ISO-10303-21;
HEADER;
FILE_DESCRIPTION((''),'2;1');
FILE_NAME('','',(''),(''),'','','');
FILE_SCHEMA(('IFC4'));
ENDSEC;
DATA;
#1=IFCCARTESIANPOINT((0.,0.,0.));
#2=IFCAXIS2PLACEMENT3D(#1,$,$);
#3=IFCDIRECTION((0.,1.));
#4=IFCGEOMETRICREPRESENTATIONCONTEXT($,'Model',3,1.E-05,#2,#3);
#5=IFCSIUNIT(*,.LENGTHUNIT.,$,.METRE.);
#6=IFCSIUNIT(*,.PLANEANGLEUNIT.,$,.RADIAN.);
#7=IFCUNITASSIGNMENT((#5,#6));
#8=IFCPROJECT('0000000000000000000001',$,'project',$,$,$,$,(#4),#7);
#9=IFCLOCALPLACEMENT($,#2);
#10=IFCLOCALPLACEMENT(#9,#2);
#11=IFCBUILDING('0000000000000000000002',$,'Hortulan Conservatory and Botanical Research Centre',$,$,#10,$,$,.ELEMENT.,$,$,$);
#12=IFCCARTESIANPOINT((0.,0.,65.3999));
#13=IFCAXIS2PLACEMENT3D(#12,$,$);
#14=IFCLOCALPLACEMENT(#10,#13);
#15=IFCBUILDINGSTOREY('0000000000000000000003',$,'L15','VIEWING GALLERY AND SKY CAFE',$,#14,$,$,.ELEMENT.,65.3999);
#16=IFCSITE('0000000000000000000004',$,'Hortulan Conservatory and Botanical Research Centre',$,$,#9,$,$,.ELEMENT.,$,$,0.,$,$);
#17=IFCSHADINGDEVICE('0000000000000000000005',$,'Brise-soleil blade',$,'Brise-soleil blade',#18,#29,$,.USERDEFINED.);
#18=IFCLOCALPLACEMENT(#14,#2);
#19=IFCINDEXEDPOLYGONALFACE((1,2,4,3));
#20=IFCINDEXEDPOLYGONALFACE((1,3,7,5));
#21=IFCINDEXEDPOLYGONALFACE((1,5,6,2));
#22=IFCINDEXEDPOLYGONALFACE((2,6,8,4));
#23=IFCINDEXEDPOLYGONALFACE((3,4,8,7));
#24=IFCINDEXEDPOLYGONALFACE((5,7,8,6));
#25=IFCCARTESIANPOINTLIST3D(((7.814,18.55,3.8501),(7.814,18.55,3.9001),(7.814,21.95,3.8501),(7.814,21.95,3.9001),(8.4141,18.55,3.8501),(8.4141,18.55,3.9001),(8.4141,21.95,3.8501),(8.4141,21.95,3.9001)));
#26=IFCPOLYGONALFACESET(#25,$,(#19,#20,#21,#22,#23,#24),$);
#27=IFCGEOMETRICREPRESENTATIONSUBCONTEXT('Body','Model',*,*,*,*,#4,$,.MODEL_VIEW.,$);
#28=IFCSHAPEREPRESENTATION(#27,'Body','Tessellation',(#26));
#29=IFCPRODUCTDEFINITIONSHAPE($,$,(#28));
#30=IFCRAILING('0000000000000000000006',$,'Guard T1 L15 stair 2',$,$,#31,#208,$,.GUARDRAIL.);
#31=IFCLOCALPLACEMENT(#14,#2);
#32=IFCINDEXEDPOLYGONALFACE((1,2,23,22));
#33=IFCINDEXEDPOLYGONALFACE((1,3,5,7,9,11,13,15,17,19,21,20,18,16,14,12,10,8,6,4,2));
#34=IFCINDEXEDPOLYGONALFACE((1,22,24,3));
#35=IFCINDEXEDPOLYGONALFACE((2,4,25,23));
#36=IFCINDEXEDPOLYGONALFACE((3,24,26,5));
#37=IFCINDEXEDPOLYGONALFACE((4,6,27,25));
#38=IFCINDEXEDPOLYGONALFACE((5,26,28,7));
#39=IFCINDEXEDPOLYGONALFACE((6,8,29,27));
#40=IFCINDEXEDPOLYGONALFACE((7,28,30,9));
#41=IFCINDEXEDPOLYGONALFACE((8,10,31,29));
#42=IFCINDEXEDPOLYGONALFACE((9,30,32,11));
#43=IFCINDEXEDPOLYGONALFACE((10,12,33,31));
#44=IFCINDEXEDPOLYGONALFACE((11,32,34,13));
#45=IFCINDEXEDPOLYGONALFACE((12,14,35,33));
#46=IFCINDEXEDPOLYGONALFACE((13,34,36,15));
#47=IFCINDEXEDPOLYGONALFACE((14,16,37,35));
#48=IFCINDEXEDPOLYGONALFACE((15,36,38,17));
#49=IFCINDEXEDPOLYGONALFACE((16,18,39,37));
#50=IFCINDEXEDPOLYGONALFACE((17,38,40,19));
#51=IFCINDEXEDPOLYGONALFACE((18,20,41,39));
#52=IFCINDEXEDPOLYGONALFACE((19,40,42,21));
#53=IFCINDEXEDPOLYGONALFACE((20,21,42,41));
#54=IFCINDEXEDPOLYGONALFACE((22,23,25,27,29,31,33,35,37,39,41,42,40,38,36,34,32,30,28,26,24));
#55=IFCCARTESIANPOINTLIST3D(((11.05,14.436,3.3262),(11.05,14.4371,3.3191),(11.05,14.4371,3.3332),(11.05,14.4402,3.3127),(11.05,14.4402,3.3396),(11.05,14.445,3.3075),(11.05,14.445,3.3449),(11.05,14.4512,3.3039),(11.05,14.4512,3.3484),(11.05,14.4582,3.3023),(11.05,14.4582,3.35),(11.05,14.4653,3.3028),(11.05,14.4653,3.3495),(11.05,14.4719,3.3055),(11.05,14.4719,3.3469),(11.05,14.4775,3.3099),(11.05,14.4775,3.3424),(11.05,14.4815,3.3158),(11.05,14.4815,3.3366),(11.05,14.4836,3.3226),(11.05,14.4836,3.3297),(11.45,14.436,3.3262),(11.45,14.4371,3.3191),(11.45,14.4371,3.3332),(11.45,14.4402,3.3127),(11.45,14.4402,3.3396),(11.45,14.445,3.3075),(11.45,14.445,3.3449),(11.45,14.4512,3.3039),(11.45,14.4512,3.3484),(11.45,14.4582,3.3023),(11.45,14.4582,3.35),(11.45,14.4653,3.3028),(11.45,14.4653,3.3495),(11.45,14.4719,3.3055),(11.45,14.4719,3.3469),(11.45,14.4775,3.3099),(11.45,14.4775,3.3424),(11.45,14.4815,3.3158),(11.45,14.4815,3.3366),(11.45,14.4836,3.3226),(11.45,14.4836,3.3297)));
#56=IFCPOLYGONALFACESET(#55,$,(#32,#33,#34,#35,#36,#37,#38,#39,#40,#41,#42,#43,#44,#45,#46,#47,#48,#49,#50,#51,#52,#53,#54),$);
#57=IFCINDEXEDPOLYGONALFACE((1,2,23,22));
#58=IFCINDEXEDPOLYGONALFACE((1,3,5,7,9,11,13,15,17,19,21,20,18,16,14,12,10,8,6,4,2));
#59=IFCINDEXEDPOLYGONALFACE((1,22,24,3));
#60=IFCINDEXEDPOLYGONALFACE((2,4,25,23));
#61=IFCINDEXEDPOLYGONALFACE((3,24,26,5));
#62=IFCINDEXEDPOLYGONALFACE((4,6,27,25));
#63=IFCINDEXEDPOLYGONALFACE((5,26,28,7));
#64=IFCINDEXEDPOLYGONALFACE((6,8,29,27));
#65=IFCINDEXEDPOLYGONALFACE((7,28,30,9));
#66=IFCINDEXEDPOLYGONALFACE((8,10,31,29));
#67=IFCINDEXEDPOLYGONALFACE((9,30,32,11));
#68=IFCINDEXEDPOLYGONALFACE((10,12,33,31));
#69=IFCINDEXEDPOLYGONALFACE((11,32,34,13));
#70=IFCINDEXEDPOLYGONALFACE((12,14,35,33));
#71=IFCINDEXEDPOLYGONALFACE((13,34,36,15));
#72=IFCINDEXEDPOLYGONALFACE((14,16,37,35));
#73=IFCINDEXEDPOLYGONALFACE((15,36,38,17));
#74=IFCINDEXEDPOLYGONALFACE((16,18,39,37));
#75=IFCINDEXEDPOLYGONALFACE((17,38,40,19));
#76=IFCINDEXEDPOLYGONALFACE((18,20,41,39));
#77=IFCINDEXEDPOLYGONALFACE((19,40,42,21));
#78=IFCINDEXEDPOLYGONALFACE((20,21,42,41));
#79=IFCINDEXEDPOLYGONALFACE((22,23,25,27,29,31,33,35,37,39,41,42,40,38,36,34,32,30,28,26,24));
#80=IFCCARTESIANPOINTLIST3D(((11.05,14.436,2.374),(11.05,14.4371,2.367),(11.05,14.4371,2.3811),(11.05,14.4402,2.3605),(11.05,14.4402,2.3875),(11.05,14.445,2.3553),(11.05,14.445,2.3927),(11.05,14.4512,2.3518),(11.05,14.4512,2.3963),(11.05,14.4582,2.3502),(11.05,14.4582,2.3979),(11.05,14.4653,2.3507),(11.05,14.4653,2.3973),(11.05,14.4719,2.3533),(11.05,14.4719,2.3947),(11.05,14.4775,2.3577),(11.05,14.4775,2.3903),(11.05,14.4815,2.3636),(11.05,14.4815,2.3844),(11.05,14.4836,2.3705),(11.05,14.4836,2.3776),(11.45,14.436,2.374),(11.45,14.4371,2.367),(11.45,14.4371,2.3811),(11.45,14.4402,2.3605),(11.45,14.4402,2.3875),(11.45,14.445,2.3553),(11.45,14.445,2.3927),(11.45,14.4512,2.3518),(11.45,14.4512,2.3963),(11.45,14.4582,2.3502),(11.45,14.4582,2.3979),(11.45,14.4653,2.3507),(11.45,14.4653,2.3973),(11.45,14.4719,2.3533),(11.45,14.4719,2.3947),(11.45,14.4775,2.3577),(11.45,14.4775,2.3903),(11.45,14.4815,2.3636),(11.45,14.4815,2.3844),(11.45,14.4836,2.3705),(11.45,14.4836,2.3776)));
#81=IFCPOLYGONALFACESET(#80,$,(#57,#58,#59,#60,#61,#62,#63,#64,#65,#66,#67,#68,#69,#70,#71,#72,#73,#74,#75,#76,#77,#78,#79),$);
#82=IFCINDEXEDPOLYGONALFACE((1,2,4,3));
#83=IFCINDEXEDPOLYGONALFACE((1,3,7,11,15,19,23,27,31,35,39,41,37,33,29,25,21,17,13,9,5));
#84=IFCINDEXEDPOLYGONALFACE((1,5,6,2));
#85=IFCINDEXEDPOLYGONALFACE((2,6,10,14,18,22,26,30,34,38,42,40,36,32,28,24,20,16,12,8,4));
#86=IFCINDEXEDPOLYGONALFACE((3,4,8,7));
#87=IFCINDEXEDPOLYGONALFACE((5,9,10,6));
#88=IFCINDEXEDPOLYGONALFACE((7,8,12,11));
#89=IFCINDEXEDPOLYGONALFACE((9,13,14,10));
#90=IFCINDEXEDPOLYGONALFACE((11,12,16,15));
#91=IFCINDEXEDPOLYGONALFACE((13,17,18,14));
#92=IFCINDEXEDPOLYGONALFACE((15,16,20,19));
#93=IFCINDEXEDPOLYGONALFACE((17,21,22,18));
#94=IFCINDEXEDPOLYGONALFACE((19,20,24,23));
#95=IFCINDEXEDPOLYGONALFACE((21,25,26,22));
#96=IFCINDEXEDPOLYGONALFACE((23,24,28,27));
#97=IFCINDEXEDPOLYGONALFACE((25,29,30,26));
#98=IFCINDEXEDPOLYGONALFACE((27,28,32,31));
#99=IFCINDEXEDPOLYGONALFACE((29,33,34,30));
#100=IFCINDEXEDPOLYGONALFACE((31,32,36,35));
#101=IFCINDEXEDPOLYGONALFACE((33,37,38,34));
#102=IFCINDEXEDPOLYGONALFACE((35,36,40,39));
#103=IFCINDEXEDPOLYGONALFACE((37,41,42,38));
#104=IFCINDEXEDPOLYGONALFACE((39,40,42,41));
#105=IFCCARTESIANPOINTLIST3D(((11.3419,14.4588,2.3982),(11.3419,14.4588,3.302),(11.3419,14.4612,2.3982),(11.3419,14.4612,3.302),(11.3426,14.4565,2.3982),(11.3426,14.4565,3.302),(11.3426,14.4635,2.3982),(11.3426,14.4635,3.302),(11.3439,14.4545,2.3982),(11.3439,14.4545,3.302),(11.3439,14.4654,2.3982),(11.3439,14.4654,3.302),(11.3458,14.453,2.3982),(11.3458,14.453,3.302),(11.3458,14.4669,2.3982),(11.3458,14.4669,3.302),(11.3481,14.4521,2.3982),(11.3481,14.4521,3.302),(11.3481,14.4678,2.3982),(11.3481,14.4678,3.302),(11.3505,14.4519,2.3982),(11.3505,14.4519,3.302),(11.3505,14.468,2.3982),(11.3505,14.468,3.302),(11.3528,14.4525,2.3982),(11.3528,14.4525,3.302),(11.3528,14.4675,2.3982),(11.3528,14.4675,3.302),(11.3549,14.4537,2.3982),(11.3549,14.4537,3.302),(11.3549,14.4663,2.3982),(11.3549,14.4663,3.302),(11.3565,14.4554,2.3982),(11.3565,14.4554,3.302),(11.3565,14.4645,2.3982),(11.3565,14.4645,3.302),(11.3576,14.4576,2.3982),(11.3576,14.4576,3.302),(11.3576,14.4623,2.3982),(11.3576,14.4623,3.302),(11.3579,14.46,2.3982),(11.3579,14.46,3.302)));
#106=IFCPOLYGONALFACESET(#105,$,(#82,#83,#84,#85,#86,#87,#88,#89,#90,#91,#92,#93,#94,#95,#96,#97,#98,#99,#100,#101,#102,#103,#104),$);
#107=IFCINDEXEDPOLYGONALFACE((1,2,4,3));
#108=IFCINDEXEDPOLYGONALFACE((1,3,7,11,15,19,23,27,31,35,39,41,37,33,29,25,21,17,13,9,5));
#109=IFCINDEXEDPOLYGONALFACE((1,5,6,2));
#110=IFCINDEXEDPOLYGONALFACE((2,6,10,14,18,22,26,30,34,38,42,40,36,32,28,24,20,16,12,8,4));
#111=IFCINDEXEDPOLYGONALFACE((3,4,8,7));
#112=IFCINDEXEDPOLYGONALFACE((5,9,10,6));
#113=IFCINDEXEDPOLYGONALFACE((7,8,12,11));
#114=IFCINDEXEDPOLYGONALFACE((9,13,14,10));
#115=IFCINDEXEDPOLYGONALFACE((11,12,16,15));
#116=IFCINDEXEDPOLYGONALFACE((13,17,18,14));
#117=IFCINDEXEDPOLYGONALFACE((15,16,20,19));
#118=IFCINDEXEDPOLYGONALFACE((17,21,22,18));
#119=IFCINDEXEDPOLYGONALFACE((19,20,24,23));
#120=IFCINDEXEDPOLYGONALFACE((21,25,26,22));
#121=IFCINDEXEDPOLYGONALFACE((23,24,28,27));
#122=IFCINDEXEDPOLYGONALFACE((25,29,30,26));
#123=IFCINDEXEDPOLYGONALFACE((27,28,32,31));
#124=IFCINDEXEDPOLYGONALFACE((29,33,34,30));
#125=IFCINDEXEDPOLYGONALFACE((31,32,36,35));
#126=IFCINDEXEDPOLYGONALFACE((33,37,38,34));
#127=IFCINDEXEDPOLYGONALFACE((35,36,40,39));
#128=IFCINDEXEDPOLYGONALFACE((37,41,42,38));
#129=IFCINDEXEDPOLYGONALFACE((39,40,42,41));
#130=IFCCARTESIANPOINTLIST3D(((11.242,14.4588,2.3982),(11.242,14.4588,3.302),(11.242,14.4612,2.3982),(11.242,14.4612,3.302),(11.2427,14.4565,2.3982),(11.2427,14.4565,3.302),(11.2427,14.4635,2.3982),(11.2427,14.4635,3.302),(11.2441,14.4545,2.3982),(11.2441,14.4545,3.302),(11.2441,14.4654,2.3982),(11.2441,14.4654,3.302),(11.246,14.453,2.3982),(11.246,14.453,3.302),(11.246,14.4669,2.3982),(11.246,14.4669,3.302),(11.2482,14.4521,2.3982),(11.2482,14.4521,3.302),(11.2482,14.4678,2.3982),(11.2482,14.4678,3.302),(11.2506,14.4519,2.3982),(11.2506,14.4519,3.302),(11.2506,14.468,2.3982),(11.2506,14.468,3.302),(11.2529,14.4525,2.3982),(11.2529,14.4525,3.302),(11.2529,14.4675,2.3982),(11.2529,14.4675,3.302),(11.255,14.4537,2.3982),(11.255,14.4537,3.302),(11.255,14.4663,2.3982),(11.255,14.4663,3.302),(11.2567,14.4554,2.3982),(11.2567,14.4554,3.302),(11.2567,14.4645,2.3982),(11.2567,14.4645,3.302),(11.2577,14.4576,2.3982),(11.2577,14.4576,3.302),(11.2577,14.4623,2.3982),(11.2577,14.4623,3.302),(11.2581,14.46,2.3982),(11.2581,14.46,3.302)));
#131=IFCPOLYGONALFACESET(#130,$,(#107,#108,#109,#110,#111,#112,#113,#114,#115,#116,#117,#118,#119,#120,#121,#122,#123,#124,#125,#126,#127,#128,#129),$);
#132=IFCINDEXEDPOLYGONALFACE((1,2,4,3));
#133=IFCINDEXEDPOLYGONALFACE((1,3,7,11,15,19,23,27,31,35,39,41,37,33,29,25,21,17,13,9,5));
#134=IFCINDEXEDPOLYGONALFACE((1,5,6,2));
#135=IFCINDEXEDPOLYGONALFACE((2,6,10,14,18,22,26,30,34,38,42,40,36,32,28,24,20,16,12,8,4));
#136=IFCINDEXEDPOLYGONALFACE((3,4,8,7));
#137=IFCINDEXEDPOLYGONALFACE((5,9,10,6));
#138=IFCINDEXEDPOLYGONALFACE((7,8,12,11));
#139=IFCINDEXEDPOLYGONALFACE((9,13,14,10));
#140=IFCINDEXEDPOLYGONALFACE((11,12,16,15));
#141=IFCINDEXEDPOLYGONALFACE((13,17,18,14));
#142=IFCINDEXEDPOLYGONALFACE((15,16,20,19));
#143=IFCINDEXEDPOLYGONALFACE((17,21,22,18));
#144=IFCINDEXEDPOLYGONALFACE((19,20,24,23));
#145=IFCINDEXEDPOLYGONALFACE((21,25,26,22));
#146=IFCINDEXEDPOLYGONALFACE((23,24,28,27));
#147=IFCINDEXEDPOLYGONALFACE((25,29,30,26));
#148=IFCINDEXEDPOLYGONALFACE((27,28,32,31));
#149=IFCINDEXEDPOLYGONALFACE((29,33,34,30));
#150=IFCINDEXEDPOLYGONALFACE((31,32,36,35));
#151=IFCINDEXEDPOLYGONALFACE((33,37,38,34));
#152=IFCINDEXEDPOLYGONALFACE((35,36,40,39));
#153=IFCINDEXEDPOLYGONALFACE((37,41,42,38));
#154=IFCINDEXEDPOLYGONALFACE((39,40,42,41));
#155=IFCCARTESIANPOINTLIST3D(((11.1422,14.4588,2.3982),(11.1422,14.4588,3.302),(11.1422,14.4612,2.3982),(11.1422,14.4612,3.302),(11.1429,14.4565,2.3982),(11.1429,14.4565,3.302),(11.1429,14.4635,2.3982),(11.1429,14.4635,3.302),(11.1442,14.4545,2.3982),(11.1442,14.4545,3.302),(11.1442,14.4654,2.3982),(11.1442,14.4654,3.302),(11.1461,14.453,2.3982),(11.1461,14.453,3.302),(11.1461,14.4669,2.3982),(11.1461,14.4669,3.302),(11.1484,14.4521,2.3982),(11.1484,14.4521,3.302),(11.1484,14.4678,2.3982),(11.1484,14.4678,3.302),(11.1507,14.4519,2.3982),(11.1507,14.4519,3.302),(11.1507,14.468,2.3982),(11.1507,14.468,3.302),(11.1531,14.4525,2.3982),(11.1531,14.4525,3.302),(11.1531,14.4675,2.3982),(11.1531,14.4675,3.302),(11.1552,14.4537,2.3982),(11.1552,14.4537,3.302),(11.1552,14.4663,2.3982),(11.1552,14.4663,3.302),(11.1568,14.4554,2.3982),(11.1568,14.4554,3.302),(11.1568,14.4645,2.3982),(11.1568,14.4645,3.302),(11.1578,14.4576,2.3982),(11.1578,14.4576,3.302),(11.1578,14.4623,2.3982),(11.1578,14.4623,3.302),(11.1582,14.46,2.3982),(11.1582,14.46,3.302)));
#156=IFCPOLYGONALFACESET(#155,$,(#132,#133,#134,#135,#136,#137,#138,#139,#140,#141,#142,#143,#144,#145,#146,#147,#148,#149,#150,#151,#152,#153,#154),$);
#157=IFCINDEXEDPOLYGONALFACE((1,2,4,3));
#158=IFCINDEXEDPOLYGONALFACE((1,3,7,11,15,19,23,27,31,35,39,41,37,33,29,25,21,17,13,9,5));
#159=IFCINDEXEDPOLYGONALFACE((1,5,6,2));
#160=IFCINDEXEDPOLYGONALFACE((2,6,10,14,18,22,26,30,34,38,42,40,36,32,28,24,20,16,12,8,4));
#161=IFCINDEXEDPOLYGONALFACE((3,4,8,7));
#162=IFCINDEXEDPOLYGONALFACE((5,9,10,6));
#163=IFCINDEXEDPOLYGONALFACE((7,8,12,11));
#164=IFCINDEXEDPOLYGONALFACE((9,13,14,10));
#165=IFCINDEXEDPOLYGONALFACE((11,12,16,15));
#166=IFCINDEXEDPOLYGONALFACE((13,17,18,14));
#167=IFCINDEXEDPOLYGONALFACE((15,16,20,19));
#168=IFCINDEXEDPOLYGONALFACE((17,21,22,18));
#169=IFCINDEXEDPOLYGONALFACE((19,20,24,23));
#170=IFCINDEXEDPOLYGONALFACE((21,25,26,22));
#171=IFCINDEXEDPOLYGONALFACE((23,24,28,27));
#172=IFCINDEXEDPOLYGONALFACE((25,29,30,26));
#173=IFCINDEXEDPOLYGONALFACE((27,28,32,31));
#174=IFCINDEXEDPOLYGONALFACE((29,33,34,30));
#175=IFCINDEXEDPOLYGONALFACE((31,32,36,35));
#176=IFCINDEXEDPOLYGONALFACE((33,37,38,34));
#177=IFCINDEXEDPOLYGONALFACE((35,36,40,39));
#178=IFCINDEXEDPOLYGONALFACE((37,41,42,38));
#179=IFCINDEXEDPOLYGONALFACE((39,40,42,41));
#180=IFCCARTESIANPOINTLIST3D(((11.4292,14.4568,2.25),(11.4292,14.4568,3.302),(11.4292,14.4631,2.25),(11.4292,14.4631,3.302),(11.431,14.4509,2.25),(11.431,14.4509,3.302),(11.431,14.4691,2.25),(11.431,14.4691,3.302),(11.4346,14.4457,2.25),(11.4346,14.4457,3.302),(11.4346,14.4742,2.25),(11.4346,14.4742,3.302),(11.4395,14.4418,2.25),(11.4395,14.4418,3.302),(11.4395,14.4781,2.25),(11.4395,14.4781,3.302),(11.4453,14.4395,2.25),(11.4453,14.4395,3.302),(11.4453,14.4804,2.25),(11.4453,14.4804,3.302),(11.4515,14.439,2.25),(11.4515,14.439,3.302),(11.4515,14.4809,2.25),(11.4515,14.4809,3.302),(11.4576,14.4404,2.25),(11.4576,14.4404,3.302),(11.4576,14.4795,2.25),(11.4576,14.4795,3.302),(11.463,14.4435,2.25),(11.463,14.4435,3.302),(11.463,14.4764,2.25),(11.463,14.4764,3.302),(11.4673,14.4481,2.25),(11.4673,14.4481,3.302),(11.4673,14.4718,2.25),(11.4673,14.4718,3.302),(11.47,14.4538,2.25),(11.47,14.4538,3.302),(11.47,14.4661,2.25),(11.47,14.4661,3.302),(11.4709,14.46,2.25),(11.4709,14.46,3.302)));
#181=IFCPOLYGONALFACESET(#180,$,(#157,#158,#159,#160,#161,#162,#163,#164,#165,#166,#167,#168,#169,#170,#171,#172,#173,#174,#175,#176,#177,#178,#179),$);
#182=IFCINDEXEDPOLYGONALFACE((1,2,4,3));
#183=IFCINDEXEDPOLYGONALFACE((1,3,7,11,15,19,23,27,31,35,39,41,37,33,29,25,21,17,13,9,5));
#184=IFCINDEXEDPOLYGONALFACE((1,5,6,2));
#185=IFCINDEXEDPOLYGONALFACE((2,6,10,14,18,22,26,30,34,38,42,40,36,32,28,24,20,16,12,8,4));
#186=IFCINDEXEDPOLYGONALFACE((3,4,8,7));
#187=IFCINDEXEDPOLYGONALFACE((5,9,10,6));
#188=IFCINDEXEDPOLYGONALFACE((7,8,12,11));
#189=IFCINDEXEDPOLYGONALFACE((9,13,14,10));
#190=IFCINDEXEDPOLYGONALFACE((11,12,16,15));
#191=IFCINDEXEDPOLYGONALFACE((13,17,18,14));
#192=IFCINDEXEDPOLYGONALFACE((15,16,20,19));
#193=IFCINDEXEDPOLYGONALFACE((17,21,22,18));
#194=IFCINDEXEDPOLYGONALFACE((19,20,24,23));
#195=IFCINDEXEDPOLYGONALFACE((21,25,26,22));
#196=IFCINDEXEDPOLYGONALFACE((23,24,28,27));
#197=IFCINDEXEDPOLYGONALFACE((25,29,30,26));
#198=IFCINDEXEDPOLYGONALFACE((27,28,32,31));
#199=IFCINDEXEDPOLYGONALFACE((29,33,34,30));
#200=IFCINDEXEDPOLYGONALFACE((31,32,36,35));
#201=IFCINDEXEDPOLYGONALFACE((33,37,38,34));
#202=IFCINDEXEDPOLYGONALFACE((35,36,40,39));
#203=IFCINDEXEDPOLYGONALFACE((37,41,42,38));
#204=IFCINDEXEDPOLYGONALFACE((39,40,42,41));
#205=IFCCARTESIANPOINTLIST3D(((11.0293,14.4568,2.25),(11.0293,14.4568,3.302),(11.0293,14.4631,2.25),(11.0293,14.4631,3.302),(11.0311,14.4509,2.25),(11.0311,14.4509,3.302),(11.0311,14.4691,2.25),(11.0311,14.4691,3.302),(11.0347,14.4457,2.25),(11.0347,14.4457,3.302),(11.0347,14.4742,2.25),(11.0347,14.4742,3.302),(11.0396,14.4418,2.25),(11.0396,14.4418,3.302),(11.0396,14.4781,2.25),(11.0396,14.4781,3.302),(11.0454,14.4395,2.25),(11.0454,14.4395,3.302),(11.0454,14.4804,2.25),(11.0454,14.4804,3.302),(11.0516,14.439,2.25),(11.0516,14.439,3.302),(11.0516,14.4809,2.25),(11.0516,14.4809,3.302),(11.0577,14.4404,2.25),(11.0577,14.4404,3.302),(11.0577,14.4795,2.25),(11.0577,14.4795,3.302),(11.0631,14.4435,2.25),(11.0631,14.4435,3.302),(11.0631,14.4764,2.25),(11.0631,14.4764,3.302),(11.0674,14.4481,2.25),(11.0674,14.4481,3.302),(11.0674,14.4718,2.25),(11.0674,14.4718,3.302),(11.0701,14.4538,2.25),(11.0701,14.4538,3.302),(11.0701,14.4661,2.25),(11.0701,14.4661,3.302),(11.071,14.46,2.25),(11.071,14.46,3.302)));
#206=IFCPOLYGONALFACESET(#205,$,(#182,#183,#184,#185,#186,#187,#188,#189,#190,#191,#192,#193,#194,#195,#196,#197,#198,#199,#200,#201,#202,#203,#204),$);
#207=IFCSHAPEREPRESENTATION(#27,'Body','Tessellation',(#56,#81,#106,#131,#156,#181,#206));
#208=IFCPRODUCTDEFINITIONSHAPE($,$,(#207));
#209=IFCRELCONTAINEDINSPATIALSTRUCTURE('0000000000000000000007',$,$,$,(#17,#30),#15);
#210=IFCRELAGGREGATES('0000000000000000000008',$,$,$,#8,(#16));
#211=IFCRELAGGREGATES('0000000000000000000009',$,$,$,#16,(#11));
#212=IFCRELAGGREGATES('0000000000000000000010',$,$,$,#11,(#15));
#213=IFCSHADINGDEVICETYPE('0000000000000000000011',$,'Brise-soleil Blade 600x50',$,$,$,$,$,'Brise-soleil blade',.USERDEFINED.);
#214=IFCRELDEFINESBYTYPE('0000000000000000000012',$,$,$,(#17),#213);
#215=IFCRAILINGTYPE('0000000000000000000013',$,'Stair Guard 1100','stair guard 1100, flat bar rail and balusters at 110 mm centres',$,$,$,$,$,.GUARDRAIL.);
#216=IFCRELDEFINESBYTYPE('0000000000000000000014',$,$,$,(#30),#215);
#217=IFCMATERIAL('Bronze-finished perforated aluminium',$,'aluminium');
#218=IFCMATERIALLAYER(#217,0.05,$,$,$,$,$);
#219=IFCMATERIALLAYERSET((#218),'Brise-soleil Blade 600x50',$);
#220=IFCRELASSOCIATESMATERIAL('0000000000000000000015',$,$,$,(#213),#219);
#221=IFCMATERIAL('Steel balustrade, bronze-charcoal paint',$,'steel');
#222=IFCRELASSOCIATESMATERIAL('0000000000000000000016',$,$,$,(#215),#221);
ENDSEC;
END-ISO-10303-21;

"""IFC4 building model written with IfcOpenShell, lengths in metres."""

from ifc_helpers import new_model, si_unit, direction, frame, origin, origin_2d, place, context, subcontext, project, spatial, rectangle, circle, extrude, material, layer, layer_set, type_object, element, save


model = new_model("IFC4")

# Units and contexts
model_context = context("Model", 3, precision=1e-05, world=origin(), true_north=direction((0.0, 1.0)))
body_context = subcontext(model_context, "Body", "Model", "MODEL_VIEW")
ifc_project = project(units=[si_unit("LENGTHUNIT", "METRE"), si_unit("PLANEANGLEUNIT", "RADIAN")], contexts=[model_context])

# Site, building, storey
site_placement = place(None, origin())
site = spatial("IfcSite", under=ifc_project, at=site_placement, Name="Hortulan Conservatory and Botanical Research Centre", CompositionType="ELEMENT", RefElevation=0.0)
building_placement = place(site_placement, origin())
building = spatial("IfcBuilding", under=site, at=building_placement, Name="Hortulan Conservatory and Botanical Research Centre", CompositionType="ELEMENT")
storey_placement = place(building_placement, frame((0.0, 0.0, 65.3999)))
storey = spatial("IfcBuildingStorey", under=building, at=storey_placement, Name="L15", Description="VIEWING GALLERY AND SKY CAFE", CompositionType="ELEMENT", Elevation=65.3999)

# Shading device
ifc_material_1 = material(Name="Bronze-finished perforated aluminium", Category="aluminium")
ifc_layer_1 = layer(ifc_material_1, 0.05)
ifc_layer_set_1 = layer_set([ifc_layer_1], Name="Brise-soleil Blade 600x50")
shading_device_type = type_object("IfcShadingDeviceType", Name="Brise-soleil Blade 600x50", ElementType="Brise-soleil blade", PredefinedType="USERDEFINED", material=ifc_layer_set_1)
shading_device_placement = place(storey_placement, frame((8.114, 20.25, 3.8501), z_axis=(0.0, 0.0, 1.0), x_axis=(0.0, 1.0, 0.0)))
element("IfcShadingDevice", 1, at=shading_device_placement, inside=storey, type_object=shading_device_type, Name="Brise-soleil blade", ObjectType="Brise-soleil blade", PredefinedType="USERDEFINED", context=body_context, shape_type="SweptSolid", body=[
    extrude(rectangle(XDim=3.3999, YDim=0.6001, at=origin_2d()), origin(), (0.0, 0.0, 1.0), 0.05),
])

# Railing
ifc_material_2 = material(Name="Steel balustrade, bronze-charcoal paint", Category="steel")
railing_type_1 = type_object("IfcRailingType", Name="Stair Guard 1100", Description="stair guard 1100, flat bar rail and balusters at 110 mm centres", PredefinedType="GUARDRAIL", material=ifc_material_2)
railing_1_placement = place(storey_placement, frame((11.45, 14.46, 2.25)))
element("IfcRailing", 2, at=railing_1_placement, inside=storey, type_object=railing_type_1, Name="Guard T1 L15 stair 2", PredefinedType="GUARDRAIL", context=body_context, shape_type="SweptSolid", body=[
    extrude(circle(Radius=0.0239, at=origin_2d()), frame((0.0, 0.0, 1.0762), z_axis=(-1.0, 0.0, 0.0), x_axis=(0.0, -1.0, 0.0)), (0.0, 0.0, 1.0), 0.3999),
    extrude(circle(Radius=0.0239, at=origin_2d()), frame((0.0, 0.0, 0.124), z_axis=(-1.0, 0.0, 0.0), x_axis=(0.0, -1.0, 0.0)), (0.0, 0.0, 1.0), 0.3999),
    extrude(circle(Radius=0.0081, at=origin_2d()), frame((-0.1001, 0.0, 0.1482)), (0.0, 0.0, 1.0), 0.9038),
    extrude(circle(Radius=0.0081, at=origin_2d()), frame((-0.2, 0.0, 0.1482)), (0.0, 0.0, 1.0), 0.9038),
    extrude(circle(Radius=0.0081, at=origin_2d()), frame((-0.2998, 0.0, 0.1482)), (0.0, 0.0, 1.0), 0.9038),
    extrude(circle(Radius=0.021, at=origin_2d()), origin(), (0.0, 0.0, 1.0), 1.052),
    extrude(circle(Radius=0.021, at=origin_2d()), frame((-0.3999, 0.0, 0.0)), (0.0, 0.0, 1.0), 1.052),
])

save(model, "model.ifc")
